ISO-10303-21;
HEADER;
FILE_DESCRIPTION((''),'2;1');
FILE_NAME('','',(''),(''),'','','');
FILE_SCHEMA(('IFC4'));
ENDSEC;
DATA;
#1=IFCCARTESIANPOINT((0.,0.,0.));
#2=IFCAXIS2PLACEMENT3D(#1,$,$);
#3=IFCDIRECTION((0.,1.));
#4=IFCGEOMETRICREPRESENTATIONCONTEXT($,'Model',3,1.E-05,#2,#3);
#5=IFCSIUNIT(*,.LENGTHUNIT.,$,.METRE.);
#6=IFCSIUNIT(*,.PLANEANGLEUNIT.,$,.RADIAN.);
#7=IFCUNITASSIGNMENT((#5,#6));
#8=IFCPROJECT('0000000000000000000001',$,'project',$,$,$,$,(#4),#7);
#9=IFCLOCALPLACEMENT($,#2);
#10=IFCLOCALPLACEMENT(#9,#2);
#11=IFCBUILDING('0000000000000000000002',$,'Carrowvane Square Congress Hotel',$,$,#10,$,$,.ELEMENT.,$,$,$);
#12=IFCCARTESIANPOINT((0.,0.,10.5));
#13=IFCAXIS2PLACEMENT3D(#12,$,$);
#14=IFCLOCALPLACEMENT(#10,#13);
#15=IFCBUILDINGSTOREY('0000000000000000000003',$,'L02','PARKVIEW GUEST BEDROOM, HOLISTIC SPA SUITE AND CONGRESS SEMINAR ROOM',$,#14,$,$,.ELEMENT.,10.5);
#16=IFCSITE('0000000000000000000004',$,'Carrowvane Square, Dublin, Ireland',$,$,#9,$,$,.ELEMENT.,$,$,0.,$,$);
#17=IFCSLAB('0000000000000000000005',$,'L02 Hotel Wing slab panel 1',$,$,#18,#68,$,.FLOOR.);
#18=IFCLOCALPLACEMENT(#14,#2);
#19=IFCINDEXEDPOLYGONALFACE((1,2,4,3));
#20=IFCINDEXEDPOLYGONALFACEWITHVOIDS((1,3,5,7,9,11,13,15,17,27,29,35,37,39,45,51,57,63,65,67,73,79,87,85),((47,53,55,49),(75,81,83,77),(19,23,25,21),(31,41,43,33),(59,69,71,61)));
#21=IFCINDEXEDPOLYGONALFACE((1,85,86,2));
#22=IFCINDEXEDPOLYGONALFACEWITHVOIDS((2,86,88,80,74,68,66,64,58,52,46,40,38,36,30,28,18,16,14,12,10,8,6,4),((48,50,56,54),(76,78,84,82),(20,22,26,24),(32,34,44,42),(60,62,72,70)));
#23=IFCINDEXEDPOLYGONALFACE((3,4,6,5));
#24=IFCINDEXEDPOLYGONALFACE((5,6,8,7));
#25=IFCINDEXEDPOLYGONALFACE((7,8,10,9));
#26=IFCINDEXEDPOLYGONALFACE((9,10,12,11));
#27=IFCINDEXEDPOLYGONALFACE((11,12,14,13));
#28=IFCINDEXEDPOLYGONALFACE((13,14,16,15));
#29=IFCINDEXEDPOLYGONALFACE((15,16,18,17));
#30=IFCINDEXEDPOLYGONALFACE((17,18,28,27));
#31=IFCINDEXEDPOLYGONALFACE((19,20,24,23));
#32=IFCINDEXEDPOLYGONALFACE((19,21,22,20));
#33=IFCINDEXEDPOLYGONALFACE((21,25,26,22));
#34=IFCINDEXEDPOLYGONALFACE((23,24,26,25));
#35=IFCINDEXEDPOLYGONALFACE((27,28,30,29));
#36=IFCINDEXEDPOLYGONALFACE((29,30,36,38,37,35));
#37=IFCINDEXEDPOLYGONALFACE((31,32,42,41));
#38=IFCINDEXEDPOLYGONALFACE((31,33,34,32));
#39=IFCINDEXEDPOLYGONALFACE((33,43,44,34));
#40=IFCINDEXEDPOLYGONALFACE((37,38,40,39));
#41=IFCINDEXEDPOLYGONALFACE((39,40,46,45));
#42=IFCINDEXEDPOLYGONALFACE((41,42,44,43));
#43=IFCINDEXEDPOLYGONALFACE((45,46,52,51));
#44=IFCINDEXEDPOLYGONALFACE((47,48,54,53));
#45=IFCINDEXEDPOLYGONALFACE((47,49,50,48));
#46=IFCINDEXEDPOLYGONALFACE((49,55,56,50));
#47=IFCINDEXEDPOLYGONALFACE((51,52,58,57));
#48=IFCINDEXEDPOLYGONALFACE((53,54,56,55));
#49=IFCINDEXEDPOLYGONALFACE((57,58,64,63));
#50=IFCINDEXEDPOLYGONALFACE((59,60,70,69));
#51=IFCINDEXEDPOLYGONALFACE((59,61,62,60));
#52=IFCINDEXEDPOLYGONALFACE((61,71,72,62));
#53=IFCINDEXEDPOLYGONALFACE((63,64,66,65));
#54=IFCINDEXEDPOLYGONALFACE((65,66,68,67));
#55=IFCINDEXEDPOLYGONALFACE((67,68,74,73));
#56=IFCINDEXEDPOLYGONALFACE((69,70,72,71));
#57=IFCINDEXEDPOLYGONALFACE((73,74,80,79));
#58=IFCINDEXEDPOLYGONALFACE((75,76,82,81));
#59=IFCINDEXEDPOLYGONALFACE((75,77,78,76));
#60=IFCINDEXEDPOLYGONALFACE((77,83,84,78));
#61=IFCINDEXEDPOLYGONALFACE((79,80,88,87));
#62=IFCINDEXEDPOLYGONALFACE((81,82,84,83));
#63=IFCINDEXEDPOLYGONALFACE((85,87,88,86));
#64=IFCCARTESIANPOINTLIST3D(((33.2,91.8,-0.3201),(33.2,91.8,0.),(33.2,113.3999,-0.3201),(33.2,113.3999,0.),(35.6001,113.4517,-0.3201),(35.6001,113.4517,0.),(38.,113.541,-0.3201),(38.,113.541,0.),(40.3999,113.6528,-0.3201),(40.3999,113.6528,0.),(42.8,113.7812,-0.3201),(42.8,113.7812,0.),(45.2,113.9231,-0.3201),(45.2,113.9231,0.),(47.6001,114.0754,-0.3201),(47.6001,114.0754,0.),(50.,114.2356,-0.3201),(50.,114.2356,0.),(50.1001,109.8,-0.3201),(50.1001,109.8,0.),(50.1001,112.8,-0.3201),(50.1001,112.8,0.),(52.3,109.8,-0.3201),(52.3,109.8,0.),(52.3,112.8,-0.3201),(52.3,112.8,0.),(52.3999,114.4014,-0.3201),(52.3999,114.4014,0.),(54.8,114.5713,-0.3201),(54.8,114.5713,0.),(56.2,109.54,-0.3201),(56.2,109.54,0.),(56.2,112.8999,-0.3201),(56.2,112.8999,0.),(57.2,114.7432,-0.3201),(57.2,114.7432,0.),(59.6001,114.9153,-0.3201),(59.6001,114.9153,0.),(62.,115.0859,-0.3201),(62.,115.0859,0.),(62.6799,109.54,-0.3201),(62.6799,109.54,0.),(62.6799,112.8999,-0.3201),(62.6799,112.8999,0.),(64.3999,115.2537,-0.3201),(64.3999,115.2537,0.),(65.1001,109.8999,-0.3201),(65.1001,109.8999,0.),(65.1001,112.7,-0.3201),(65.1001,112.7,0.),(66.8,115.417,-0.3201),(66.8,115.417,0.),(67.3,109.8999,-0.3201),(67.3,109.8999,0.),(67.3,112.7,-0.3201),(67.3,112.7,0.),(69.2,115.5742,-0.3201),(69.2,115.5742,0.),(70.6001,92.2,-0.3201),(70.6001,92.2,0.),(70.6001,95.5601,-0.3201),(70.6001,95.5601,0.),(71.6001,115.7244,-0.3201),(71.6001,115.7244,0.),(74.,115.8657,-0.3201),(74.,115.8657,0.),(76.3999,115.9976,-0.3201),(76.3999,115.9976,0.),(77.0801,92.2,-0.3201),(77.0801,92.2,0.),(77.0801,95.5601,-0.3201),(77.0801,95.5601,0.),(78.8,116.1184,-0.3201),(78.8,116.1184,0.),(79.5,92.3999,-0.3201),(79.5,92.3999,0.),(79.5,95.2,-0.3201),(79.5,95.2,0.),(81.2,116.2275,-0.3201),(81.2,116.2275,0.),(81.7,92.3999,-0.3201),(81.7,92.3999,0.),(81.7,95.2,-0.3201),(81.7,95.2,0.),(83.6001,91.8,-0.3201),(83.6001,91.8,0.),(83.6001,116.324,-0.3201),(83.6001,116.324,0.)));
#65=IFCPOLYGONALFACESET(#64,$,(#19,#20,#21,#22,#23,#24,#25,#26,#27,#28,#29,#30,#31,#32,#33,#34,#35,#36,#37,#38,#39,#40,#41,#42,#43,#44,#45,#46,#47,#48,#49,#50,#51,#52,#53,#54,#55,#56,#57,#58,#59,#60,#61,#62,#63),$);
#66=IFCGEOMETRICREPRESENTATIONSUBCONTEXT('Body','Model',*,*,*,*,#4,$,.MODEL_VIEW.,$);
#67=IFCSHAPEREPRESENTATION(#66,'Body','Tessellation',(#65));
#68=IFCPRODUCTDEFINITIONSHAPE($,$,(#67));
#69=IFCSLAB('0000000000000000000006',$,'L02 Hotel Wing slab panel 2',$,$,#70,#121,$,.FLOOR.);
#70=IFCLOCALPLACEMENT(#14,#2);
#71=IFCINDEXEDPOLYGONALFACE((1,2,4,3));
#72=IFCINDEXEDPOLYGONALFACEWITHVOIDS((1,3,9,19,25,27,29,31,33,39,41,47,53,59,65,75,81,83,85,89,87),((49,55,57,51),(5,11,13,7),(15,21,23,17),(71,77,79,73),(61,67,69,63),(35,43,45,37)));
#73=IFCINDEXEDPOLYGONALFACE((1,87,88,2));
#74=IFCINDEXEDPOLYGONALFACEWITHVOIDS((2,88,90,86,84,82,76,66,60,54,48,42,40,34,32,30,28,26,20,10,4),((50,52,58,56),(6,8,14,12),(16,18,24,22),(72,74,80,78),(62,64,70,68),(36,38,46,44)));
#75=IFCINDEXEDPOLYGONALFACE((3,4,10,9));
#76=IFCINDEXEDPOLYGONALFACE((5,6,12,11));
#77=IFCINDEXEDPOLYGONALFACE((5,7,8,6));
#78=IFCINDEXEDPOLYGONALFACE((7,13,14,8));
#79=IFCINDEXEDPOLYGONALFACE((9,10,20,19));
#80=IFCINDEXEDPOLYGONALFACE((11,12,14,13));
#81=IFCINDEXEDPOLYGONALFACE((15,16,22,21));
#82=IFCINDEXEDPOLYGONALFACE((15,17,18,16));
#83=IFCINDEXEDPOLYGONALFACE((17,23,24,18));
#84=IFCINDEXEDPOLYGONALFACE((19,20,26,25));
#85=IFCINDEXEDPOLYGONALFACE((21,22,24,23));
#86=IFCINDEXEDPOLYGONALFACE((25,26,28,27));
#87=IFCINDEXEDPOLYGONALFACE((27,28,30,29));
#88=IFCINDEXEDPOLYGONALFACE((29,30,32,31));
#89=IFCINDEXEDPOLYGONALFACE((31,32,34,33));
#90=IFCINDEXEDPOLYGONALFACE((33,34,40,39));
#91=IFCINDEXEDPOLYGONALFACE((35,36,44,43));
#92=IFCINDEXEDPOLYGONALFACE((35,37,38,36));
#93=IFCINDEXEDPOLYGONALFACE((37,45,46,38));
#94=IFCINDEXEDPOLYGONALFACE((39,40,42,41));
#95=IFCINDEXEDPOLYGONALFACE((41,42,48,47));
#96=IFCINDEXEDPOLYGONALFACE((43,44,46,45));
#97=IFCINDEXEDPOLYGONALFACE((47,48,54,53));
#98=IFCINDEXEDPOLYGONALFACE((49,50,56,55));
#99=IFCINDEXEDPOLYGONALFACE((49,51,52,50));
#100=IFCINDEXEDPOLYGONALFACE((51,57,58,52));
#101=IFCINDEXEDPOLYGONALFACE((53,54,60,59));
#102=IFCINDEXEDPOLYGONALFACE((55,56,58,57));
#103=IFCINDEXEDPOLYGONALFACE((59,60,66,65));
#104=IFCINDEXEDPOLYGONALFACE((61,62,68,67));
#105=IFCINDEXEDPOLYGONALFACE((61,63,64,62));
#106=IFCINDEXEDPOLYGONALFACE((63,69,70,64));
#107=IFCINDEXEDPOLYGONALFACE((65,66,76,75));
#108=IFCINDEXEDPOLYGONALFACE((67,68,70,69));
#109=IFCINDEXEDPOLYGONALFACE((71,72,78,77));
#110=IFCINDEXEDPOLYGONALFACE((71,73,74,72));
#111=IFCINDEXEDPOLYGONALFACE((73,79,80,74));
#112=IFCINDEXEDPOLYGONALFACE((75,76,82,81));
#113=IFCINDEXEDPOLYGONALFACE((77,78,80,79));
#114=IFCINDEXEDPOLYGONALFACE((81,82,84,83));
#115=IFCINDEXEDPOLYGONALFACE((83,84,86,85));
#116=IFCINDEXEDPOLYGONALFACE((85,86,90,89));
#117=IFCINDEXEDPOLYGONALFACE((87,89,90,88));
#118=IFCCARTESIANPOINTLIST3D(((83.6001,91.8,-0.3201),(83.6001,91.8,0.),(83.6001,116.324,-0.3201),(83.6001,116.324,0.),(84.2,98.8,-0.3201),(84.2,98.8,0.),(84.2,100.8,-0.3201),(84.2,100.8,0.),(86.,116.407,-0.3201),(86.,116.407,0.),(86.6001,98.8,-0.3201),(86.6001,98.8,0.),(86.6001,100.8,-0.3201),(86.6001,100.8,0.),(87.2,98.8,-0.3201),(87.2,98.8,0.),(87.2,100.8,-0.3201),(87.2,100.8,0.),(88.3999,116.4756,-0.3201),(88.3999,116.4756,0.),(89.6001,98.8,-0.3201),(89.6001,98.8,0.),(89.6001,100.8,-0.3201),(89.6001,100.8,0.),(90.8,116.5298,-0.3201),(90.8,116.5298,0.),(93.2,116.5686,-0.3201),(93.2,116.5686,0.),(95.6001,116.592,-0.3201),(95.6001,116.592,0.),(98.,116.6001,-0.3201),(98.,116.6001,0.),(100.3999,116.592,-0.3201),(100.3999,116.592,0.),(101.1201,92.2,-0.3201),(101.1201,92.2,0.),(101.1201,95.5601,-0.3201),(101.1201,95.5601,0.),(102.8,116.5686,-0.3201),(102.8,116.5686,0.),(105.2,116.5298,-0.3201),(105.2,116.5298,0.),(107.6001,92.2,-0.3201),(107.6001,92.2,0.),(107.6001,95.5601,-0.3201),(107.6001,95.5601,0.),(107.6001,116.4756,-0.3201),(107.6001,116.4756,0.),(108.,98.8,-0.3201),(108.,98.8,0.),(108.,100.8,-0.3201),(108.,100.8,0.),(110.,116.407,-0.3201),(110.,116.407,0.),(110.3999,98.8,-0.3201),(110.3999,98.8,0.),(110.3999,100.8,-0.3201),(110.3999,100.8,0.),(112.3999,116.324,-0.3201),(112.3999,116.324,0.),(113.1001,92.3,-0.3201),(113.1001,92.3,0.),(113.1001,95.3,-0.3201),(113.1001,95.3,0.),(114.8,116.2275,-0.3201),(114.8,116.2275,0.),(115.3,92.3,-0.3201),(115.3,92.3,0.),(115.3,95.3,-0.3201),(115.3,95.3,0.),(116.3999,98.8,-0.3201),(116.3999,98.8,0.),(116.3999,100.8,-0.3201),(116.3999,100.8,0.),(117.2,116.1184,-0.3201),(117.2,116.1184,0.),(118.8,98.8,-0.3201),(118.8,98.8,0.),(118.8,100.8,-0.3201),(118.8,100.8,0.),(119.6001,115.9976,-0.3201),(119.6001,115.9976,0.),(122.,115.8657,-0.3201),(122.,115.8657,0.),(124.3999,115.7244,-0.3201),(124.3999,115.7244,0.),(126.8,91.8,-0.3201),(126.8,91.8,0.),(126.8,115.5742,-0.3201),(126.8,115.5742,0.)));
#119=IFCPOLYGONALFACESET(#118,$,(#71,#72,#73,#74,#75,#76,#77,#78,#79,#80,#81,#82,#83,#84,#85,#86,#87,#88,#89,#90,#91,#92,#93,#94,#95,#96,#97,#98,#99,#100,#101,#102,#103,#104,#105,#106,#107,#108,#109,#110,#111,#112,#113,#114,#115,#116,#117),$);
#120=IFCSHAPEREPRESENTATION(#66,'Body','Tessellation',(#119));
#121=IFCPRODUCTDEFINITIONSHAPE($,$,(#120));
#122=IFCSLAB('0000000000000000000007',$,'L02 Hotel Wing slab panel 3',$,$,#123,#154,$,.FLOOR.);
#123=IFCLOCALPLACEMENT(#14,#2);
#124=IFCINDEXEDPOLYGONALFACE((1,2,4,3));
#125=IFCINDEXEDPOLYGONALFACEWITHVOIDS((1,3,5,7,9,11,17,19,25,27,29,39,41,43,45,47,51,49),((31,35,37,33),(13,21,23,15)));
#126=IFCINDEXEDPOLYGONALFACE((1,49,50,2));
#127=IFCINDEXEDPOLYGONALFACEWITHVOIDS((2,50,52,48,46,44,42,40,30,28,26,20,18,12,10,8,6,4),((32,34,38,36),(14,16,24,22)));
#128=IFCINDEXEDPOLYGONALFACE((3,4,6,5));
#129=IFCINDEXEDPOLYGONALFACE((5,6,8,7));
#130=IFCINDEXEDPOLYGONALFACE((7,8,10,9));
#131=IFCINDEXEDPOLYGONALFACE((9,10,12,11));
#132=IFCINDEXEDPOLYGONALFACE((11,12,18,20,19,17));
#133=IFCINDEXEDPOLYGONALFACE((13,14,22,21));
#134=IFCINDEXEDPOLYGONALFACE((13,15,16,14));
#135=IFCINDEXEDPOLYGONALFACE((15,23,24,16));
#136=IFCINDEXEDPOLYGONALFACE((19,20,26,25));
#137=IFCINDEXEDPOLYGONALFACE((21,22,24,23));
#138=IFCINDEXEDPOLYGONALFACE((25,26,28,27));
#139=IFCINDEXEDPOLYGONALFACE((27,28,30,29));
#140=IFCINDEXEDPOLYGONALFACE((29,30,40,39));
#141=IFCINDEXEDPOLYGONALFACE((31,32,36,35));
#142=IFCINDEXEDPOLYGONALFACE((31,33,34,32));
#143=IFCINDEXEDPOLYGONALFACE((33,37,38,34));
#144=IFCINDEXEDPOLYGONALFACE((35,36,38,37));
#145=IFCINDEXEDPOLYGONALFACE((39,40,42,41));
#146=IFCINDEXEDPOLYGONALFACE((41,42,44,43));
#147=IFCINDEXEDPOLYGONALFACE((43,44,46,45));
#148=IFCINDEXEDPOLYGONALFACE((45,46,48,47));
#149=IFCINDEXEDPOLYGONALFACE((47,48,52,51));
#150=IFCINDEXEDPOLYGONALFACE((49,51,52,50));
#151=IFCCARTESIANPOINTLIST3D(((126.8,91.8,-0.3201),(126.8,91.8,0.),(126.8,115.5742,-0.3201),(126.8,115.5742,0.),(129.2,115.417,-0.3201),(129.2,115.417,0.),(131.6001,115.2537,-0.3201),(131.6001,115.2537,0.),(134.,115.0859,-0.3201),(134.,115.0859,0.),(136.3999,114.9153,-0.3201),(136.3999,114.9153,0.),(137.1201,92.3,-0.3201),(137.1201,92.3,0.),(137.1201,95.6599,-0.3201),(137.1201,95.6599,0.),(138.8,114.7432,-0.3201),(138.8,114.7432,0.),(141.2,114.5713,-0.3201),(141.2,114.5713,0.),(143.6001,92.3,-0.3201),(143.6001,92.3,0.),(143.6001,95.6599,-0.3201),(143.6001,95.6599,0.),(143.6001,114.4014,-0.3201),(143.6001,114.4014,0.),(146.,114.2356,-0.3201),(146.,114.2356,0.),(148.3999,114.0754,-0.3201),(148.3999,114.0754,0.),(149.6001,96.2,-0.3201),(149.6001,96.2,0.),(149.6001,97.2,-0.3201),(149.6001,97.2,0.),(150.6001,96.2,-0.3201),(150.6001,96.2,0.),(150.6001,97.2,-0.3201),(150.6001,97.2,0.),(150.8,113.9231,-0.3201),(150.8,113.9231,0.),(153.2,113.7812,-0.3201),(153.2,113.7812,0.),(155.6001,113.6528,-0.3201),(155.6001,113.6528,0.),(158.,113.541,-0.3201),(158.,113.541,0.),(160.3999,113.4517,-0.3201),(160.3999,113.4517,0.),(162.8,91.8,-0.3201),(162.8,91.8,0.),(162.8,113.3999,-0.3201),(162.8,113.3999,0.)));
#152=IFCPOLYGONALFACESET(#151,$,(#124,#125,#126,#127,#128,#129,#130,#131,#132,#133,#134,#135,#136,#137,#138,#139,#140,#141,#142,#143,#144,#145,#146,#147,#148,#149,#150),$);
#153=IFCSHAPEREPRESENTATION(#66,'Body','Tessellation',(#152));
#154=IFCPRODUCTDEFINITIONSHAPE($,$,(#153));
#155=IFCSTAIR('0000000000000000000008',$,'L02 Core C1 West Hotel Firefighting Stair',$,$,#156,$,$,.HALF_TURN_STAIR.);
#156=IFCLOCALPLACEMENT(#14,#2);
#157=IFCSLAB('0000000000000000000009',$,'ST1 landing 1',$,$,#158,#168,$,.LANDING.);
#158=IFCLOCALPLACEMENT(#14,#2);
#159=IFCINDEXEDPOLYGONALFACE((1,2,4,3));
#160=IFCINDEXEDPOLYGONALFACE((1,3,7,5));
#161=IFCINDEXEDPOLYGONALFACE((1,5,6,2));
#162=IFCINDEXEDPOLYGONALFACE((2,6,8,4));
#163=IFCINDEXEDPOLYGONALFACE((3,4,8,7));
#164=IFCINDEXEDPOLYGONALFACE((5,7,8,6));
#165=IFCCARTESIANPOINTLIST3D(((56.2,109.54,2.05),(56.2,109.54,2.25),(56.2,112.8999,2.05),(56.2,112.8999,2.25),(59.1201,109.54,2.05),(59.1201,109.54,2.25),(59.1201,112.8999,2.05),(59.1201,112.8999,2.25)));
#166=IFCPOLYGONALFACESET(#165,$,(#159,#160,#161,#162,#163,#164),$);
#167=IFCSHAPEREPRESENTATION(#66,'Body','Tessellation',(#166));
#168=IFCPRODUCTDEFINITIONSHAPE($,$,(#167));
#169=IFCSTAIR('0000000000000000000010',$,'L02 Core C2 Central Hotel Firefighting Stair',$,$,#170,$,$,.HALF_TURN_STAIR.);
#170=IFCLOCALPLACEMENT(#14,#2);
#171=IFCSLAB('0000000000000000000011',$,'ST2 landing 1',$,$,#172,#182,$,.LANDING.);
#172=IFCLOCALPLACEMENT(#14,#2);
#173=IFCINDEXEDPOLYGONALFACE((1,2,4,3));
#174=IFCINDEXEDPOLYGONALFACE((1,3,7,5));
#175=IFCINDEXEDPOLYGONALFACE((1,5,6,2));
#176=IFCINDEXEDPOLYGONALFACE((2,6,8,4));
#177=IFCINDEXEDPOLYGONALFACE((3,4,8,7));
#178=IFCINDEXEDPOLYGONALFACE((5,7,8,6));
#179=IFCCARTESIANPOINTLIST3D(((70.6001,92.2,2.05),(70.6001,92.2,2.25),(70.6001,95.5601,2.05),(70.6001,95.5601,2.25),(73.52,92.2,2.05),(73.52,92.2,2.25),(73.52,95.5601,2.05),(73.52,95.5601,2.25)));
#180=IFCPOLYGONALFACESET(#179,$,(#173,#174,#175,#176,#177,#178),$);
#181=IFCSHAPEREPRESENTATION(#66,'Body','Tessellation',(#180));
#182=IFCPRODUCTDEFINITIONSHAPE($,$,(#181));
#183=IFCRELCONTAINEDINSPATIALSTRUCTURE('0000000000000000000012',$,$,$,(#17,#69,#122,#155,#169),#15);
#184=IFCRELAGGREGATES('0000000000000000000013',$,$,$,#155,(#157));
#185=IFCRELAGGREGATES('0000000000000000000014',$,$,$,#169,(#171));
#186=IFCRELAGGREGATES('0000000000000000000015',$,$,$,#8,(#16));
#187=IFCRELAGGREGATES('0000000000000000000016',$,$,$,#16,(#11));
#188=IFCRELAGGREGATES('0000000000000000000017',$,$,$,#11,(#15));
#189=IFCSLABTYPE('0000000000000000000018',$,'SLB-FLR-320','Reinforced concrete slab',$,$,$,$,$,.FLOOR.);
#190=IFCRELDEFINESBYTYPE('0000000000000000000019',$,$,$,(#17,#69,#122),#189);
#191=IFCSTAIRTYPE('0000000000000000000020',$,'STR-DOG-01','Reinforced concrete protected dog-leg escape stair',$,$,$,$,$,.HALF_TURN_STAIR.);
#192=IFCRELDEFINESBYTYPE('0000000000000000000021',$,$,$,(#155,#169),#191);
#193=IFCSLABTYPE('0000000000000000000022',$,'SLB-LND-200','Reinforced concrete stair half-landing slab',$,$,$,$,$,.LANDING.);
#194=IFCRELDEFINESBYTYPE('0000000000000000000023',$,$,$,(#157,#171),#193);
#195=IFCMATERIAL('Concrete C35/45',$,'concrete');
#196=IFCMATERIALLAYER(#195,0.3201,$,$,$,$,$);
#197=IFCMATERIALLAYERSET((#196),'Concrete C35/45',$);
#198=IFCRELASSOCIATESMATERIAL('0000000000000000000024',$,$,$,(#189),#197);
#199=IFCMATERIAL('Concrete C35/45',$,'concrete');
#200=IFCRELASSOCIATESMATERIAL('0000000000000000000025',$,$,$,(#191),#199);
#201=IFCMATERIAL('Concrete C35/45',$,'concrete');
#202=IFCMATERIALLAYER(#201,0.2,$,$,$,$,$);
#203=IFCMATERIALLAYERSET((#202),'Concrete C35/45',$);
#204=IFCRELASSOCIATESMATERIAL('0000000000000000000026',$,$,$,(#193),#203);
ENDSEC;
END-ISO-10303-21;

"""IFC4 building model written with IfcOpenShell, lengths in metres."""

from ifc_helpers import new_model, si_unit, direction, frame, origin, place, context, subcontext, project, spatial, polyline, outline, extrude, material, layer, layer_set, type_object, element, aggregate, save


model = new_model("IFC4")

# Units and contexts
model_context = context("Model", 3, precision=1e-05, world=origin(), true_north=direction((0.0, 1.0)))
body_context = subcontext(model_context, "Body", "Model", "MODEL_VIEW")
ifc_project = project(units=[si_unit("LENGTHUNIT", "METRE"), si_unit("PLANEANGLEUNIT", "RADIAN")], contexts=[model_context])

# Site, building, storey
site_placement = place(None, origin())
site = spatial("IfcSite", under=ifc_project, at=site_placement, Name="Carrowvane Square, Dublin, Ireland", CompositionType="ELEMENT", RefElevation=0.0)
building_placement = place(site_placement, origin())
building = spatial("IfcBuilding", under=site, at=building_placement, Name="Carrowvane Square Congress Hotel", CompositionType="ELEMENT")
storey_placement = place(building_placement, frame((0.0, 0.0, 10.5)))
storey = spatial("IfcBuildingStorey", under=building, at=storey_placement, Name="L02", Description="PARKVIEW GUEST BEDROOM, HOLISTIC SPA SUITE AND CONGRESS SEMINAR ROOM", CompositionType="ELEMENT", Elevation=10.5)

# Slabs
ifc_material_1 = material(Name="Concrete C35/45", Category="concrete")
ifc_layer_1 = layer(ifc_material_1, 0.3201)
ifc_layer_set_1 = layer_set([ifc_layer_1], Name="Concrete C35/45")
slab_type_1 = type_object("IfcSlabType", Name="SLB-FLR-320", Description="Reinforced concrete slab", PredefinedType="FLOOR", material=ifc_layer_set_1)
slab_1_placement = place(storey_placement, frame((0.0, 0.0, -0.3201)))
element("IfcSlab", 1, at=slab_1_placement, inside=storey, type_object=slab_type_1, Name="L02 Hotel Wing slab panel 1", PredefinedType="FLOOR", context=body_context, shape_type="SweptSolid", body=[
    extrude(outline(polyline([(33.2, 91.8), (83.6001, 91.8), (83.6001, 116.324), (81.2, 116.2275), (78.8, 116.1184), (76.3999, 115.9976), (74.0, 115.8657), (71.6001, 115.7244), (69.2, 115.5742), (66.8, 115.417), (64.3999, 115.2537), (62.0, 115.0859), (59.6001, 114.9153), (57.2, 114.7432), (54.8, 114.5713), (52.3999, 114.4014), (50.0, 114.2356), (47.6001, 114.0754), (45.2, 113.9231), (42.8, 113.7812), (40.3999, 113.6528), (38.0, 113.541), (35.6001, 113.4517), (33.2, 113.3999), (33.2, 91.8)]), holes=[polyline([(62.6799, 112.8999), (56.2, 112.8999), (56.2, 109.54), (62.6799, 109.54), (62.6799, 112.8999)]), polyline([(77.0801, 95.5601), (70.6001, 95.5601), (70.6001, 92.2), (77.0801, 92.2), (77.0801, 95.5601)]), polyline([(65.1001, 109.8999), (67.3, 109.8999), (67.3, 112.7), (65.1001, 112.7), (65.1001, 109.8999)]), polyline([(79.5, 92.3999), (81.7, 92.3999), (81.7, 95.2), (79.5, 95.2), (79.5, 92.3999)]), polyline([(50.1001, 109.8), (52.3, 109.8), (52.3, 112.8), (50.1001, 112.8), (50.1001, 109.8)])]), origin(), (0.0, 0.0, 1.0), 0.3201),
])
slab_2_placement = place(storey_placement, frame((0.0, 0.0, -0.3201)))
element("IfcSlab", 2, at=slab_2_placement, inside=storey, type_object=slab_type_1, Name="L02 Hotel Wing slab panel 2", PredefinedType="FLOOR", context=body_context, shape_type="SweptSolid", body=[
    extrude(outline(polyline([(83.6001, 91.8), (126.8, 91.8), (126.8, 115.5742), (124.3999, 115.7244), (122.0, 115.8657), (119.6001, 115.9976), (117.2, 116.1184), (114.8, 116.2275), (112.3999, 116.324), (110.0, 116.407), (107.6001, 116.4756), (105.2, 116.5298), (102.8, 116.5686), (100.3999, 116.592), (98.0, 116.6001), (95.6001, 116.592), (93.2, 116.5686), (90.8, 116.5298), (88.3999, 116.4756), (86.0, 116.407), (83.6001, 116.324), (83.6001, 91.8)]), holes=[polyline([(101.1201, 92.2), (107.6001, 92.2), (107.6001, 95.5601), (101.1201, 95.5601), (101.1201, 92.2)]), polyline([(84.2, 98.8), (86.6001, 98.8), (86.6001, 100.8), (84.2, 100.8), (84.2, 98.8)]), polyline([(87.2, 98.8), (89.6001, 98.8), (89.6001, 100.8), (87.2, 100.8), (87.2, 98.8)]), polyline([(108.0, 98.8), (110.3999, 98.8), (110.3999, 100.8), (108.0, 100.8), (108.0, 98.8)]), polyline([(116.3999, 98.8), (118.8, 98.8), (118.8, 100.8), (116.3999, 100.8), (116.3999, 98.8)]), polyline([(113.1001, 92.3), (115.3, 92.3), (115.3, 95.3), (113.1001, 95.3), (113.1001, 92.3)])]), origin(), (0.0, 0.0, 1.0), 0.3201),
])
slab_3_placement = place(storey_placement, frame((0.0, 0.0, -0.3201)))
element("IfcSlab", 3, at=slab_3_placement, inside=storey, type_object=slab_type_1, Name="L02 Hotel Wing slab panel 3", PredefinedType="FLOOR", context=body_context, shape_type="SweptSolid", body=[
    extrude(outline(polyline([(126.8, 91.8), (162.8, 91.8), (162.8, 113.3999), (160.3999, 113.4517), (158.0, 113.541), (155.6001, 113.6528), (153.2, 113.7812), (150.8, 113.9231), (148.3999, 114.0754), (146.0, 114.2356), (143.6001, 114.4014), (141.2, 114.5713), (138.8, 114.7432), (136.3999, 114.9153), (134.0, 115.0859), (131.6001, 115.2537), (129.2, 115.417), (126.8, 115.5742), (126.8, 91.8)]), holes=[polyline([(137.1201, 92.3), (143.6001, 92.3), (143.6001, 95.6599), (137.1201, 95.6599), (137.1201, 92.3)]), polyline([(149.6001, 96.2), (150.6001, 96.2), (150.6001, 97.2), (149.6001, 97.2), (149.6001, 96.2)])]), origin(), (0.0, 0.0, 1.0), 0.3201),
])

# Stairs, slabs
ifc_material_2 = material(Name="Concrete C35/45", Category="concrete")
stair_type_1 = type_object("IfcStairType", Name="STR-DOG-01", Description="Reinforced concrete protected dog-leg escape stair", PredefinedType="HALF_TURN_STAIR", material=ifc_material_2)
stair_1_placement = place(storey_placement, origin())
stair_1 = element("IfcStair", 4, at=stair_1_placement, inside=storey, type_object=stair_type_1, Name="L02 Core C1 West Hotel Firefighting Stair", PredefinedType="HALF_TURN_STAIR")
ifc_material_3 = material(Name="Concrete C35/45", Category="concrete")
ifc_layer_2 = layer(ifc_material_3, 0.2)
ifc_layer_set_2 = layer_set([ifc_layer_2], Name="Concrete C35/45")
slab_type_2 = type_object("IfcSlabType", Name="SLB-LND-200", Description="Reinforced concrete stair half-landing slab", PredefinedType="LANDING", material=ifc_layer_set_2)
slab_4_placement = place(storey_placement, frame((0.0, 0.0, 2.05)))
slab_4 = element("IfcSlab", 5, at=slab_4_placement, type_object=slab_type_2, Name="ST1 landing 1", PredefinedType="LANDING", context=body_context, shape_type="SweptSolid", body=[
    extrude(outline(polyline([(59.1201, 112.8999), (56.2, 112.8999), (56.2, 109.54), (59.1201, 109.54), (59.1201, 112.8999)])), origin(), (0.0, 0.0, 1.0), 0.2),
])
aggregate(stair_1, [slab_4])
stair_2_placement = place(storey_placement, origin())
stair_2 = element("IfcStair", 6, at=stair_2_placement, inside=storey, type_object=stair_type_1, Name="L02 Core C2 Central Hotel Firefighting Stair", PredefinedType="HALF_TURN_STAIR")
slab_5_placement = place(storey_placement, frame((0.0, 0.0, 2.05)))
slab_5 = element("IfcSlab", 7, at=slab_5_placement, type_object=slab_type_2, Name="ST2 landing 1", PredefinedType="LANDING", context=body_context, shape_type="SweptSolid", body=[
    extrude(outline(polyline([(73.52, 95.5601), (70.6001, 95.5601), (70.6001, 92.2), (73.52, 92.2), (73.52, 95.5601)])), origin(), (0.0, 0.0, 1.0), 0.2),
])
aggregate(stair_2, [slab_5])

save(model, "model.ifc")
